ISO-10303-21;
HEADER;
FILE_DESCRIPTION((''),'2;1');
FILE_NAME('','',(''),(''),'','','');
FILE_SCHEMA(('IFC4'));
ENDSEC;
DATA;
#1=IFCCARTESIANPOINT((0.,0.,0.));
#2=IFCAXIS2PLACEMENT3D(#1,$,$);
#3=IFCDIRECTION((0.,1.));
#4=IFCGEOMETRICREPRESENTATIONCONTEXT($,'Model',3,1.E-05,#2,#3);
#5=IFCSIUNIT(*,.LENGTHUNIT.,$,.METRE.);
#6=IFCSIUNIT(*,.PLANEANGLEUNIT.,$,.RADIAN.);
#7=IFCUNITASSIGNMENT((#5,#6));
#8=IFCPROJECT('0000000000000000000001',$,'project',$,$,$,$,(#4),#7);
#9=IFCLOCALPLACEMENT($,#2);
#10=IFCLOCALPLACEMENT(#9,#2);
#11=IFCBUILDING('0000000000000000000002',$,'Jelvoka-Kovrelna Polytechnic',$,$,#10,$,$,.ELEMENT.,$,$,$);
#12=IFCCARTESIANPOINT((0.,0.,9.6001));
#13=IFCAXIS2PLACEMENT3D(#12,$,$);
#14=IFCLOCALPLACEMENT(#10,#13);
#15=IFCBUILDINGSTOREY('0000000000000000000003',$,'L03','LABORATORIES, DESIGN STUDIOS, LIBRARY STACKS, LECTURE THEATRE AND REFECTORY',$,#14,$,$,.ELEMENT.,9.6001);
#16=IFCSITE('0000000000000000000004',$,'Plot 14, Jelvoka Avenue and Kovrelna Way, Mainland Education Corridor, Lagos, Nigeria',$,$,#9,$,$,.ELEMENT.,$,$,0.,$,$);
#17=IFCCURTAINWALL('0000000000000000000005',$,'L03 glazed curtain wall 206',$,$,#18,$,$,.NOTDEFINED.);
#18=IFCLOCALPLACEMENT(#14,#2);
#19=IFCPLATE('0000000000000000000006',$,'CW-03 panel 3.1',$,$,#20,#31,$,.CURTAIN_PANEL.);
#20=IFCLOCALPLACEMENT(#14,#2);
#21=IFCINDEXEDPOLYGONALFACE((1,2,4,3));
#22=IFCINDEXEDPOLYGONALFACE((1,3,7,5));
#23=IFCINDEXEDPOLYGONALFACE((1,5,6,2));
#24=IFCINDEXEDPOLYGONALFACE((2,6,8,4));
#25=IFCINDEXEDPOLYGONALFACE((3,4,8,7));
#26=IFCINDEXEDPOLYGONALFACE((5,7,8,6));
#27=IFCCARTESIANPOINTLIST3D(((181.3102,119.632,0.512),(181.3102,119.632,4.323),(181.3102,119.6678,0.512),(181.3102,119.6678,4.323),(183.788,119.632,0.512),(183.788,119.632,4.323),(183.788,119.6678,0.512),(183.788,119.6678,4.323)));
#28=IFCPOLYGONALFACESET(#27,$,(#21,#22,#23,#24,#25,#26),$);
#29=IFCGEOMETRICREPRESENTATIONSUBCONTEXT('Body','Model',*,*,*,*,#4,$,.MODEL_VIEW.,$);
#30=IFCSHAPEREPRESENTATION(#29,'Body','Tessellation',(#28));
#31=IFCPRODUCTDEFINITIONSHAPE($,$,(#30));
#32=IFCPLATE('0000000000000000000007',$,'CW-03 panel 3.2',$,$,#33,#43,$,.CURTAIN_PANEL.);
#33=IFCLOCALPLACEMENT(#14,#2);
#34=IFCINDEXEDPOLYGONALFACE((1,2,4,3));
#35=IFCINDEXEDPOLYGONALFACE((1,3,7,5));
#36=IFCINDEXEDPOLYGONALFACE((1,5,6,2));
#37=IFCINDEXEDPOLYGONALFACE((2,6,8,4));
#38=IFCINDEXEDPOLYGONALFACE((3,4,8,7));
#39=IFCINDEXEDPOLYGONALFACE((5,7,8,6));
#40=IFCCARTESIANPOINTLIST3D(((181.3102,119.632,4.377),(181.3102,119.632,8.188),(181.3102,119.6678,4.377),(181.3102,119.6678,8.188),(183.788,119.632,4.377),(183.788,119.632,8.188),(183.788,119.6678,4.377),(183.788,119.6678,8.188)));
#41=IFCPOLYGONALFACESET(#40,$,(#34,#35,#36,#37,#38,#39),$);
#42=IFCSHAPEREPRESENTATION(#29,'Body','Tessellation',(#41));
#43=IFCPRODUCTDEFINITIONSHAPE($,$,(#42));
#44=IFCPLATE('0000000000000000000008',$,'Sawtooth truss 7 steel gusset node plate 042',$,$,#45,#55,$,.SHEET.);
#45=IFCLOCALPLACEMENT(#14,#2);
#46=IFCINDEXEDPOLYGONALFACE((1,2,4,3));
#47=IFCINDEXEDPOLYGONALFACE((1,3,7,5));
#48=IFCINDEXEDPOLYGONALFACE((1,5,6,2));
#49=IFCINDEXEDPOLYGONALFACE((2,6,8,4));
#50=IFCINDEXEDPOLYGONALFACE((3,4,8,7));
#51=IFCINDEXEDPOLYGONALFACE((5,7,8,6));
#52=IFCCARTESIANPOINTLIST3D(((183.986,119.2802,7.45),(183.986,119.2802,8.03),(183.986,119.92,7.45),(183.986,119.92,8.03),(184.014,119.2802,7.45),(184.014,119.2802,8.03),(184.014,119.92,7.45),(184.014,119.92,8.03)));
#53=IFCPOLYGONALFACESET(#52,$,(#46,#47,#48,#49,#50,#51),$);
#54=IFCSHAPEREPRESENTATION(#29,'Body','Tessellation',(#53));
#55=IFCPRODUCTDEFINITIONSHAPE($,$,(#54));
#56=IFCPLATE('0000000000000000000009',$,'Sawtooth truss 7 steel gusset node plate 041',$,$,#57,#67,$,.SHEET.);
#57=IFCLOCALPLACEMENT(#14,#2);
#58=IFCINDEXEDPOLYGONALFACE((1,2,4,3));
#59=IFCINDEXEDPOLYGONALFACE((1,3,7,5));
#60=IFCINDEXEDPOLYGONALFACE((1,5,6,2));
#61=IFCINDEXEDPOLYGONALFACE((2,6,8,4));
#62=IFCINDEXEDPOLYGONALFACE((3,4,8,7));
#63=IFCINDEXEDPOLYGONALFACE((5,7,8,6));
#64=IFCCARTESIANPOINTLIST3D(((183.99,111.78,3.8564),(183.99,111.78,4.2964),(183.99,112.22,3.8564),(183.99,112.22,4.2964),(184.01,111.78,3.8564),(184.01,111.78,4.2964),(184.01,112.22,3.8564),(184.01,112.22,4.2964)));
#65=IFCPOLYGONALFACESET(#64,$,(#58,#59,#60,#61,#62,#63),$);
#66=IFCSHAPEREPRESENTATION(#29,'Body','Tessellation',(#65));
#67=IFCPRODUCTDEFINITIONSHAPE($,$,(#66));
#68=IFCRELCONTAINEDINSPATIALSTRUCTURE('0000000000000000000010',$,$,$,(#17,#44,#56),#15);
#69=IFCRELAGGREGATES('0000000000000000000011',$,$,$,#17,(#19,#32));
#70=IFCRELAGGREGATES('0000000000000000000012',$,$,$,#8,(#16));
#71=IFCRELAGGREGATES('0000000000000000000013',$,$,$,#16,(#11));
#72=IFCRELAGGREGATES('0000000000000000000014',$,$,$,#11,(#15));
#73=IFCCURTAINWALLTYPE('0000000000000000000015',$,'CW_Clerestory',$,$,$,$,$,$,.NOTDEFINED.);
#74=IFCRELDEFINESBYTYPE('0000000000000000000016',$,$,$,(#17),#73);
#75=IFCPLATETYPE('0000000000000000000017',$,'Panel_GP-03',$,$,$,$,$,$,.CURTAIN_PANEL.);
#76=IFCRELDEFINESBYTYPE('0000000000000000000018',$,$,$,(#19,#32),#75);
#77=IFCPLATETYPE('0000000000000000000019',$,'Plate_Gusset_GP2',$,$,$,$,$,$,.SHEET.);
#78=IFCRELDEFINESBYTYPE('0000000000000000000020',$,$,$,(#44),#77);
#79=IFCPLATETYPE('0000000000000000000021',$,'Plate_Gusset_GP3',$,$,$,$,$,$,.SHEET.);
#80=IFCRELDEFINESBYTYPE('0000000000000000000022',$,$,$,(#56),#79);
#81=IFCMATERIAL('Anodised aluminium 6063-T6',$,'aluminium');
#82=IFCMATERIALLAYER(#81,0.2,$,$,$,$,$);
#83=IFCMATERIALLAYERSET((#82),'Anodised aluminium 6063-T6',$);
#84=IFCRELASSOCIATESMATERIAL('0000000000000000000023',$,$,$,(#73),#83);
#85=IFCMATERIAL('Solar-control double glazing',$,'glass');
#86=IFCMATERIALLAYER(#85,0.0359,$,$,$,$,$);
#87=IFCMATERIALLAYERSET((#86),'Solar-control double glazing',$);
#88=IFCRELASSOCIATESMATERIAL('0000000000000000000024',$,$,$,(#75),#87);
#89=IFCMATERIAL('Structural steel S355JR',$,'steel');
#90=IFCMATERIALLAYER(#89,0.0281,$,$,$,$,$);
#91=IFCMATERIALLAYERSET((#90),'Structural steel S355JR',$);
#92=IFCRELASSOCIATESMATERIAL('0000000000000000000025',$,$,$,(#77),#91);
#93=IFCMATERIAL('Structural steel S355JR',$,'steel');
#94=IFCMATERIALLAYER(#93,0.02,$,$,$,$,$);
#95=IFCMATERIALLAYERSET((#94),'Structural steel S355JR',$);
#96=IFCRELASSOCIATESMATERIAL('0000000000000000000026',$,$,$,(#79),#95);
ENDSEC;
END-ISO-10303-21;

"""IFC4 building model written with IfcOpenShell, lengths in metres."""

from ifc_helpers import new_model, si_unit, direction, frame, origin, origin_2d, place, context, subcontext, project, spatial, rectangle, extrude, material, layer, layer_set, type_object, element, aggregate, save


model = new_model("IFC4")

# Units and contexts
model_context = context("Model", 3, precision=1e-05, world=origin(), true_north=direction((0.0, 1.0)))
body_context = subcontext(model_context, "Body", "Model", "MODEL_VIEW")
ifc_project = project(units=[si_unit("LENGTHUNIT", "METRE"), si_unit("PLANEANGLEUNIT", "RADIAN")], contexts=[model_context])

# Site, building, storey
site_placement = place(None, origin())
site = spatial("IfcSite", under=ifc_project, at=site_placement, Name="Plot 14, Jelvoka Avenue and Kovrelna Way, Mainland Education Corridor, Lagos, Nigeria", CompositionType="ELEMENT", RefElevation=0.0)
building_placement = place(site_placement, origin())
building = spatial("IfcBuilding", under=site, at=building_placement, Name="Jelvoka-Kovrelna Polytechnic", CompositionType="ELEMENT")
storey_placement = place(building_placement, frame((0.0, 0.0, 9.6001)))
storey = spatial("IfcBuildingStorey", under=building, at=storey_placement, Name="L03", Description="LABORATORIES, DESIGN STUDIOS, LIBRARY STACKS, LECTURE THEATRE AND REFECTORY", CompositionType="ELEMENT", Elevation=9.6001)

# Curtain wall
ifc_material_1 = material(Name="Anodised aluminium 6063-T6", Category="aluminium")
ifc_layer_1 = layer(ifc_material_1, 0.2)
ifc_layer_set_1 = layer_set([ifc_layer_1], Name="Anodised aluminium 6063-T6")
curtain_wall_type = type_object("IfcCurtainWallType", Name="CW_Clerestory", PredefinedType="NOTDEFINED", material=ifc_layer_set_1)
curtain_wall_placement = place(storey_placement, origin())
curtain_wall = element("IfcCurtainWall", 1, at=curtain_wall_placement, inside=storey, type_object=curtain_wall_type, Name="L03 glazed curtain wall 206", PredefinedType="NOTDEFINED")

# Plates
ifc_material_2 = material(Name="Solar-control double glazing", Category="glass")
ifc_layer_2 = layer(ifc_material_2, 0.0359)
ifc_layer_set_2 = layer_set([ifc_layer_2], Name="Solar-control double glazing")
plate_type_1 = type_object("IfcPlateType", Name="Panel_GP-03", PredefinedType="CURTAIN_PANEL", material=ifc_layer_set_2)
plate_1_placement = place(storey_placement, frame((182.5491, 119.6499, 0.512), z_axis=(0.0, 0.0, 1.0), x_axis=(1.0, 0.0, 0.0)))
plate_1 = element("IfcPlate", 2, at=plate_1_placement, type_object=plate_type_1, Name="CW-03 panel 3.1", PredefinedType="CURTAIN_PANEL", context=body_context, shape_type="SweptSolid", body=[
    extrude(rectangle(XDim=2.4778, YDim=0.0359, at=origin_2d()), origin(), (0.0, 0.0, 1.0), 3.811),
])
plate_2_placement = place(storey_placement, frame((182.5491, 119.6499, 4.377), z_axis=(0.0, 0.0, 1.0), x_axis=(1.0, 0.0, 0.0)))
plate_2 = element("IfcPlate", 3, at=plate_2_placement, type_object=plate_type_1, Name="CW-03 panel 3.2", PredefinedType="CURTAIN_PANEL", context=body_context, shape_type="SweptSolid", body=[
    extrude(rectangle(XDim=2.4778, YDim=0.0359, at=origin_2d()), origin(), (0.0, 0.0, 1.0), 3.811),
])
aggregate(curtain_wall, [plate_1, plate_2])

# Plates
ifc_material_3 = material(Name="Structural steel S355JR", Category="steel")
ifc_layer_3 = layer(ifc_material_3, 0.0281)
ifc_layer_set_3 = layer_set([ifc_layer_3], Name="Structural steel S355JR")
plate_type_2 = type_object("IfcPlateType", Name="Plate_Gusset_GP2", PredefinedType="SHEET", material=ifc_layer_set_3)
plate_3_placement = place(storey_placement, frame((184.0, 119.6001, 7.45), z_axis=(0.0, 0.0, 1.0), x_axis=(0.0, 1.0, 0.0)))
element("IfcPlate", 4, at=plate_3_placement, inside=storey, type_object=plate_type_2, Name="Sawtooth truss 7 steel gusset node plate 042", PredefinedType="SHEET", context=body_context, shape_type="SweptSolid", body=[
    extrude(rectangle(XDim=0.6399, YDim=0.0281, at=origin_2d()), origin(), (0.0, 0.0, 1.0), 0.5801),
])
ifc_material_4 = material(Name="Structural steel S355JR", Category="steel")
ifc_layer_4 = layer(ifc_material_4, 0.02)
ifc_layer_set_4 = layer_set([ifc_layer_4], Name="Structural steel S355JR")
plate_type_3 = type_object("IfcPlateType", Name="Plate_Gusset_GP3", PredefinedType="SHEET", material=ifc_layer_set_4)
plate_4_placement = place(storey_placement, frame((184.0, 112.0, 3.8564), z_axis=(0.0, 0.0, 1.0), x_axis=(0.0, 1.0, 0.0)))
element("IfcPlate", 5, at=plate_4_placement, inside=storey, type_object=plate_type_3, Name="Sawtooth truss 7 steel gusset node plate 041", PredefinedType="SHEET", context=body_context, shape_type="SweptSolid", body=[
    extrude(rectangle(XDim=0.4399, YDim=0.02, at=origin_2d()), origin(), (0.0, 0.0, 1.0), 0.4399),
])

save(model, "model.ifc")
